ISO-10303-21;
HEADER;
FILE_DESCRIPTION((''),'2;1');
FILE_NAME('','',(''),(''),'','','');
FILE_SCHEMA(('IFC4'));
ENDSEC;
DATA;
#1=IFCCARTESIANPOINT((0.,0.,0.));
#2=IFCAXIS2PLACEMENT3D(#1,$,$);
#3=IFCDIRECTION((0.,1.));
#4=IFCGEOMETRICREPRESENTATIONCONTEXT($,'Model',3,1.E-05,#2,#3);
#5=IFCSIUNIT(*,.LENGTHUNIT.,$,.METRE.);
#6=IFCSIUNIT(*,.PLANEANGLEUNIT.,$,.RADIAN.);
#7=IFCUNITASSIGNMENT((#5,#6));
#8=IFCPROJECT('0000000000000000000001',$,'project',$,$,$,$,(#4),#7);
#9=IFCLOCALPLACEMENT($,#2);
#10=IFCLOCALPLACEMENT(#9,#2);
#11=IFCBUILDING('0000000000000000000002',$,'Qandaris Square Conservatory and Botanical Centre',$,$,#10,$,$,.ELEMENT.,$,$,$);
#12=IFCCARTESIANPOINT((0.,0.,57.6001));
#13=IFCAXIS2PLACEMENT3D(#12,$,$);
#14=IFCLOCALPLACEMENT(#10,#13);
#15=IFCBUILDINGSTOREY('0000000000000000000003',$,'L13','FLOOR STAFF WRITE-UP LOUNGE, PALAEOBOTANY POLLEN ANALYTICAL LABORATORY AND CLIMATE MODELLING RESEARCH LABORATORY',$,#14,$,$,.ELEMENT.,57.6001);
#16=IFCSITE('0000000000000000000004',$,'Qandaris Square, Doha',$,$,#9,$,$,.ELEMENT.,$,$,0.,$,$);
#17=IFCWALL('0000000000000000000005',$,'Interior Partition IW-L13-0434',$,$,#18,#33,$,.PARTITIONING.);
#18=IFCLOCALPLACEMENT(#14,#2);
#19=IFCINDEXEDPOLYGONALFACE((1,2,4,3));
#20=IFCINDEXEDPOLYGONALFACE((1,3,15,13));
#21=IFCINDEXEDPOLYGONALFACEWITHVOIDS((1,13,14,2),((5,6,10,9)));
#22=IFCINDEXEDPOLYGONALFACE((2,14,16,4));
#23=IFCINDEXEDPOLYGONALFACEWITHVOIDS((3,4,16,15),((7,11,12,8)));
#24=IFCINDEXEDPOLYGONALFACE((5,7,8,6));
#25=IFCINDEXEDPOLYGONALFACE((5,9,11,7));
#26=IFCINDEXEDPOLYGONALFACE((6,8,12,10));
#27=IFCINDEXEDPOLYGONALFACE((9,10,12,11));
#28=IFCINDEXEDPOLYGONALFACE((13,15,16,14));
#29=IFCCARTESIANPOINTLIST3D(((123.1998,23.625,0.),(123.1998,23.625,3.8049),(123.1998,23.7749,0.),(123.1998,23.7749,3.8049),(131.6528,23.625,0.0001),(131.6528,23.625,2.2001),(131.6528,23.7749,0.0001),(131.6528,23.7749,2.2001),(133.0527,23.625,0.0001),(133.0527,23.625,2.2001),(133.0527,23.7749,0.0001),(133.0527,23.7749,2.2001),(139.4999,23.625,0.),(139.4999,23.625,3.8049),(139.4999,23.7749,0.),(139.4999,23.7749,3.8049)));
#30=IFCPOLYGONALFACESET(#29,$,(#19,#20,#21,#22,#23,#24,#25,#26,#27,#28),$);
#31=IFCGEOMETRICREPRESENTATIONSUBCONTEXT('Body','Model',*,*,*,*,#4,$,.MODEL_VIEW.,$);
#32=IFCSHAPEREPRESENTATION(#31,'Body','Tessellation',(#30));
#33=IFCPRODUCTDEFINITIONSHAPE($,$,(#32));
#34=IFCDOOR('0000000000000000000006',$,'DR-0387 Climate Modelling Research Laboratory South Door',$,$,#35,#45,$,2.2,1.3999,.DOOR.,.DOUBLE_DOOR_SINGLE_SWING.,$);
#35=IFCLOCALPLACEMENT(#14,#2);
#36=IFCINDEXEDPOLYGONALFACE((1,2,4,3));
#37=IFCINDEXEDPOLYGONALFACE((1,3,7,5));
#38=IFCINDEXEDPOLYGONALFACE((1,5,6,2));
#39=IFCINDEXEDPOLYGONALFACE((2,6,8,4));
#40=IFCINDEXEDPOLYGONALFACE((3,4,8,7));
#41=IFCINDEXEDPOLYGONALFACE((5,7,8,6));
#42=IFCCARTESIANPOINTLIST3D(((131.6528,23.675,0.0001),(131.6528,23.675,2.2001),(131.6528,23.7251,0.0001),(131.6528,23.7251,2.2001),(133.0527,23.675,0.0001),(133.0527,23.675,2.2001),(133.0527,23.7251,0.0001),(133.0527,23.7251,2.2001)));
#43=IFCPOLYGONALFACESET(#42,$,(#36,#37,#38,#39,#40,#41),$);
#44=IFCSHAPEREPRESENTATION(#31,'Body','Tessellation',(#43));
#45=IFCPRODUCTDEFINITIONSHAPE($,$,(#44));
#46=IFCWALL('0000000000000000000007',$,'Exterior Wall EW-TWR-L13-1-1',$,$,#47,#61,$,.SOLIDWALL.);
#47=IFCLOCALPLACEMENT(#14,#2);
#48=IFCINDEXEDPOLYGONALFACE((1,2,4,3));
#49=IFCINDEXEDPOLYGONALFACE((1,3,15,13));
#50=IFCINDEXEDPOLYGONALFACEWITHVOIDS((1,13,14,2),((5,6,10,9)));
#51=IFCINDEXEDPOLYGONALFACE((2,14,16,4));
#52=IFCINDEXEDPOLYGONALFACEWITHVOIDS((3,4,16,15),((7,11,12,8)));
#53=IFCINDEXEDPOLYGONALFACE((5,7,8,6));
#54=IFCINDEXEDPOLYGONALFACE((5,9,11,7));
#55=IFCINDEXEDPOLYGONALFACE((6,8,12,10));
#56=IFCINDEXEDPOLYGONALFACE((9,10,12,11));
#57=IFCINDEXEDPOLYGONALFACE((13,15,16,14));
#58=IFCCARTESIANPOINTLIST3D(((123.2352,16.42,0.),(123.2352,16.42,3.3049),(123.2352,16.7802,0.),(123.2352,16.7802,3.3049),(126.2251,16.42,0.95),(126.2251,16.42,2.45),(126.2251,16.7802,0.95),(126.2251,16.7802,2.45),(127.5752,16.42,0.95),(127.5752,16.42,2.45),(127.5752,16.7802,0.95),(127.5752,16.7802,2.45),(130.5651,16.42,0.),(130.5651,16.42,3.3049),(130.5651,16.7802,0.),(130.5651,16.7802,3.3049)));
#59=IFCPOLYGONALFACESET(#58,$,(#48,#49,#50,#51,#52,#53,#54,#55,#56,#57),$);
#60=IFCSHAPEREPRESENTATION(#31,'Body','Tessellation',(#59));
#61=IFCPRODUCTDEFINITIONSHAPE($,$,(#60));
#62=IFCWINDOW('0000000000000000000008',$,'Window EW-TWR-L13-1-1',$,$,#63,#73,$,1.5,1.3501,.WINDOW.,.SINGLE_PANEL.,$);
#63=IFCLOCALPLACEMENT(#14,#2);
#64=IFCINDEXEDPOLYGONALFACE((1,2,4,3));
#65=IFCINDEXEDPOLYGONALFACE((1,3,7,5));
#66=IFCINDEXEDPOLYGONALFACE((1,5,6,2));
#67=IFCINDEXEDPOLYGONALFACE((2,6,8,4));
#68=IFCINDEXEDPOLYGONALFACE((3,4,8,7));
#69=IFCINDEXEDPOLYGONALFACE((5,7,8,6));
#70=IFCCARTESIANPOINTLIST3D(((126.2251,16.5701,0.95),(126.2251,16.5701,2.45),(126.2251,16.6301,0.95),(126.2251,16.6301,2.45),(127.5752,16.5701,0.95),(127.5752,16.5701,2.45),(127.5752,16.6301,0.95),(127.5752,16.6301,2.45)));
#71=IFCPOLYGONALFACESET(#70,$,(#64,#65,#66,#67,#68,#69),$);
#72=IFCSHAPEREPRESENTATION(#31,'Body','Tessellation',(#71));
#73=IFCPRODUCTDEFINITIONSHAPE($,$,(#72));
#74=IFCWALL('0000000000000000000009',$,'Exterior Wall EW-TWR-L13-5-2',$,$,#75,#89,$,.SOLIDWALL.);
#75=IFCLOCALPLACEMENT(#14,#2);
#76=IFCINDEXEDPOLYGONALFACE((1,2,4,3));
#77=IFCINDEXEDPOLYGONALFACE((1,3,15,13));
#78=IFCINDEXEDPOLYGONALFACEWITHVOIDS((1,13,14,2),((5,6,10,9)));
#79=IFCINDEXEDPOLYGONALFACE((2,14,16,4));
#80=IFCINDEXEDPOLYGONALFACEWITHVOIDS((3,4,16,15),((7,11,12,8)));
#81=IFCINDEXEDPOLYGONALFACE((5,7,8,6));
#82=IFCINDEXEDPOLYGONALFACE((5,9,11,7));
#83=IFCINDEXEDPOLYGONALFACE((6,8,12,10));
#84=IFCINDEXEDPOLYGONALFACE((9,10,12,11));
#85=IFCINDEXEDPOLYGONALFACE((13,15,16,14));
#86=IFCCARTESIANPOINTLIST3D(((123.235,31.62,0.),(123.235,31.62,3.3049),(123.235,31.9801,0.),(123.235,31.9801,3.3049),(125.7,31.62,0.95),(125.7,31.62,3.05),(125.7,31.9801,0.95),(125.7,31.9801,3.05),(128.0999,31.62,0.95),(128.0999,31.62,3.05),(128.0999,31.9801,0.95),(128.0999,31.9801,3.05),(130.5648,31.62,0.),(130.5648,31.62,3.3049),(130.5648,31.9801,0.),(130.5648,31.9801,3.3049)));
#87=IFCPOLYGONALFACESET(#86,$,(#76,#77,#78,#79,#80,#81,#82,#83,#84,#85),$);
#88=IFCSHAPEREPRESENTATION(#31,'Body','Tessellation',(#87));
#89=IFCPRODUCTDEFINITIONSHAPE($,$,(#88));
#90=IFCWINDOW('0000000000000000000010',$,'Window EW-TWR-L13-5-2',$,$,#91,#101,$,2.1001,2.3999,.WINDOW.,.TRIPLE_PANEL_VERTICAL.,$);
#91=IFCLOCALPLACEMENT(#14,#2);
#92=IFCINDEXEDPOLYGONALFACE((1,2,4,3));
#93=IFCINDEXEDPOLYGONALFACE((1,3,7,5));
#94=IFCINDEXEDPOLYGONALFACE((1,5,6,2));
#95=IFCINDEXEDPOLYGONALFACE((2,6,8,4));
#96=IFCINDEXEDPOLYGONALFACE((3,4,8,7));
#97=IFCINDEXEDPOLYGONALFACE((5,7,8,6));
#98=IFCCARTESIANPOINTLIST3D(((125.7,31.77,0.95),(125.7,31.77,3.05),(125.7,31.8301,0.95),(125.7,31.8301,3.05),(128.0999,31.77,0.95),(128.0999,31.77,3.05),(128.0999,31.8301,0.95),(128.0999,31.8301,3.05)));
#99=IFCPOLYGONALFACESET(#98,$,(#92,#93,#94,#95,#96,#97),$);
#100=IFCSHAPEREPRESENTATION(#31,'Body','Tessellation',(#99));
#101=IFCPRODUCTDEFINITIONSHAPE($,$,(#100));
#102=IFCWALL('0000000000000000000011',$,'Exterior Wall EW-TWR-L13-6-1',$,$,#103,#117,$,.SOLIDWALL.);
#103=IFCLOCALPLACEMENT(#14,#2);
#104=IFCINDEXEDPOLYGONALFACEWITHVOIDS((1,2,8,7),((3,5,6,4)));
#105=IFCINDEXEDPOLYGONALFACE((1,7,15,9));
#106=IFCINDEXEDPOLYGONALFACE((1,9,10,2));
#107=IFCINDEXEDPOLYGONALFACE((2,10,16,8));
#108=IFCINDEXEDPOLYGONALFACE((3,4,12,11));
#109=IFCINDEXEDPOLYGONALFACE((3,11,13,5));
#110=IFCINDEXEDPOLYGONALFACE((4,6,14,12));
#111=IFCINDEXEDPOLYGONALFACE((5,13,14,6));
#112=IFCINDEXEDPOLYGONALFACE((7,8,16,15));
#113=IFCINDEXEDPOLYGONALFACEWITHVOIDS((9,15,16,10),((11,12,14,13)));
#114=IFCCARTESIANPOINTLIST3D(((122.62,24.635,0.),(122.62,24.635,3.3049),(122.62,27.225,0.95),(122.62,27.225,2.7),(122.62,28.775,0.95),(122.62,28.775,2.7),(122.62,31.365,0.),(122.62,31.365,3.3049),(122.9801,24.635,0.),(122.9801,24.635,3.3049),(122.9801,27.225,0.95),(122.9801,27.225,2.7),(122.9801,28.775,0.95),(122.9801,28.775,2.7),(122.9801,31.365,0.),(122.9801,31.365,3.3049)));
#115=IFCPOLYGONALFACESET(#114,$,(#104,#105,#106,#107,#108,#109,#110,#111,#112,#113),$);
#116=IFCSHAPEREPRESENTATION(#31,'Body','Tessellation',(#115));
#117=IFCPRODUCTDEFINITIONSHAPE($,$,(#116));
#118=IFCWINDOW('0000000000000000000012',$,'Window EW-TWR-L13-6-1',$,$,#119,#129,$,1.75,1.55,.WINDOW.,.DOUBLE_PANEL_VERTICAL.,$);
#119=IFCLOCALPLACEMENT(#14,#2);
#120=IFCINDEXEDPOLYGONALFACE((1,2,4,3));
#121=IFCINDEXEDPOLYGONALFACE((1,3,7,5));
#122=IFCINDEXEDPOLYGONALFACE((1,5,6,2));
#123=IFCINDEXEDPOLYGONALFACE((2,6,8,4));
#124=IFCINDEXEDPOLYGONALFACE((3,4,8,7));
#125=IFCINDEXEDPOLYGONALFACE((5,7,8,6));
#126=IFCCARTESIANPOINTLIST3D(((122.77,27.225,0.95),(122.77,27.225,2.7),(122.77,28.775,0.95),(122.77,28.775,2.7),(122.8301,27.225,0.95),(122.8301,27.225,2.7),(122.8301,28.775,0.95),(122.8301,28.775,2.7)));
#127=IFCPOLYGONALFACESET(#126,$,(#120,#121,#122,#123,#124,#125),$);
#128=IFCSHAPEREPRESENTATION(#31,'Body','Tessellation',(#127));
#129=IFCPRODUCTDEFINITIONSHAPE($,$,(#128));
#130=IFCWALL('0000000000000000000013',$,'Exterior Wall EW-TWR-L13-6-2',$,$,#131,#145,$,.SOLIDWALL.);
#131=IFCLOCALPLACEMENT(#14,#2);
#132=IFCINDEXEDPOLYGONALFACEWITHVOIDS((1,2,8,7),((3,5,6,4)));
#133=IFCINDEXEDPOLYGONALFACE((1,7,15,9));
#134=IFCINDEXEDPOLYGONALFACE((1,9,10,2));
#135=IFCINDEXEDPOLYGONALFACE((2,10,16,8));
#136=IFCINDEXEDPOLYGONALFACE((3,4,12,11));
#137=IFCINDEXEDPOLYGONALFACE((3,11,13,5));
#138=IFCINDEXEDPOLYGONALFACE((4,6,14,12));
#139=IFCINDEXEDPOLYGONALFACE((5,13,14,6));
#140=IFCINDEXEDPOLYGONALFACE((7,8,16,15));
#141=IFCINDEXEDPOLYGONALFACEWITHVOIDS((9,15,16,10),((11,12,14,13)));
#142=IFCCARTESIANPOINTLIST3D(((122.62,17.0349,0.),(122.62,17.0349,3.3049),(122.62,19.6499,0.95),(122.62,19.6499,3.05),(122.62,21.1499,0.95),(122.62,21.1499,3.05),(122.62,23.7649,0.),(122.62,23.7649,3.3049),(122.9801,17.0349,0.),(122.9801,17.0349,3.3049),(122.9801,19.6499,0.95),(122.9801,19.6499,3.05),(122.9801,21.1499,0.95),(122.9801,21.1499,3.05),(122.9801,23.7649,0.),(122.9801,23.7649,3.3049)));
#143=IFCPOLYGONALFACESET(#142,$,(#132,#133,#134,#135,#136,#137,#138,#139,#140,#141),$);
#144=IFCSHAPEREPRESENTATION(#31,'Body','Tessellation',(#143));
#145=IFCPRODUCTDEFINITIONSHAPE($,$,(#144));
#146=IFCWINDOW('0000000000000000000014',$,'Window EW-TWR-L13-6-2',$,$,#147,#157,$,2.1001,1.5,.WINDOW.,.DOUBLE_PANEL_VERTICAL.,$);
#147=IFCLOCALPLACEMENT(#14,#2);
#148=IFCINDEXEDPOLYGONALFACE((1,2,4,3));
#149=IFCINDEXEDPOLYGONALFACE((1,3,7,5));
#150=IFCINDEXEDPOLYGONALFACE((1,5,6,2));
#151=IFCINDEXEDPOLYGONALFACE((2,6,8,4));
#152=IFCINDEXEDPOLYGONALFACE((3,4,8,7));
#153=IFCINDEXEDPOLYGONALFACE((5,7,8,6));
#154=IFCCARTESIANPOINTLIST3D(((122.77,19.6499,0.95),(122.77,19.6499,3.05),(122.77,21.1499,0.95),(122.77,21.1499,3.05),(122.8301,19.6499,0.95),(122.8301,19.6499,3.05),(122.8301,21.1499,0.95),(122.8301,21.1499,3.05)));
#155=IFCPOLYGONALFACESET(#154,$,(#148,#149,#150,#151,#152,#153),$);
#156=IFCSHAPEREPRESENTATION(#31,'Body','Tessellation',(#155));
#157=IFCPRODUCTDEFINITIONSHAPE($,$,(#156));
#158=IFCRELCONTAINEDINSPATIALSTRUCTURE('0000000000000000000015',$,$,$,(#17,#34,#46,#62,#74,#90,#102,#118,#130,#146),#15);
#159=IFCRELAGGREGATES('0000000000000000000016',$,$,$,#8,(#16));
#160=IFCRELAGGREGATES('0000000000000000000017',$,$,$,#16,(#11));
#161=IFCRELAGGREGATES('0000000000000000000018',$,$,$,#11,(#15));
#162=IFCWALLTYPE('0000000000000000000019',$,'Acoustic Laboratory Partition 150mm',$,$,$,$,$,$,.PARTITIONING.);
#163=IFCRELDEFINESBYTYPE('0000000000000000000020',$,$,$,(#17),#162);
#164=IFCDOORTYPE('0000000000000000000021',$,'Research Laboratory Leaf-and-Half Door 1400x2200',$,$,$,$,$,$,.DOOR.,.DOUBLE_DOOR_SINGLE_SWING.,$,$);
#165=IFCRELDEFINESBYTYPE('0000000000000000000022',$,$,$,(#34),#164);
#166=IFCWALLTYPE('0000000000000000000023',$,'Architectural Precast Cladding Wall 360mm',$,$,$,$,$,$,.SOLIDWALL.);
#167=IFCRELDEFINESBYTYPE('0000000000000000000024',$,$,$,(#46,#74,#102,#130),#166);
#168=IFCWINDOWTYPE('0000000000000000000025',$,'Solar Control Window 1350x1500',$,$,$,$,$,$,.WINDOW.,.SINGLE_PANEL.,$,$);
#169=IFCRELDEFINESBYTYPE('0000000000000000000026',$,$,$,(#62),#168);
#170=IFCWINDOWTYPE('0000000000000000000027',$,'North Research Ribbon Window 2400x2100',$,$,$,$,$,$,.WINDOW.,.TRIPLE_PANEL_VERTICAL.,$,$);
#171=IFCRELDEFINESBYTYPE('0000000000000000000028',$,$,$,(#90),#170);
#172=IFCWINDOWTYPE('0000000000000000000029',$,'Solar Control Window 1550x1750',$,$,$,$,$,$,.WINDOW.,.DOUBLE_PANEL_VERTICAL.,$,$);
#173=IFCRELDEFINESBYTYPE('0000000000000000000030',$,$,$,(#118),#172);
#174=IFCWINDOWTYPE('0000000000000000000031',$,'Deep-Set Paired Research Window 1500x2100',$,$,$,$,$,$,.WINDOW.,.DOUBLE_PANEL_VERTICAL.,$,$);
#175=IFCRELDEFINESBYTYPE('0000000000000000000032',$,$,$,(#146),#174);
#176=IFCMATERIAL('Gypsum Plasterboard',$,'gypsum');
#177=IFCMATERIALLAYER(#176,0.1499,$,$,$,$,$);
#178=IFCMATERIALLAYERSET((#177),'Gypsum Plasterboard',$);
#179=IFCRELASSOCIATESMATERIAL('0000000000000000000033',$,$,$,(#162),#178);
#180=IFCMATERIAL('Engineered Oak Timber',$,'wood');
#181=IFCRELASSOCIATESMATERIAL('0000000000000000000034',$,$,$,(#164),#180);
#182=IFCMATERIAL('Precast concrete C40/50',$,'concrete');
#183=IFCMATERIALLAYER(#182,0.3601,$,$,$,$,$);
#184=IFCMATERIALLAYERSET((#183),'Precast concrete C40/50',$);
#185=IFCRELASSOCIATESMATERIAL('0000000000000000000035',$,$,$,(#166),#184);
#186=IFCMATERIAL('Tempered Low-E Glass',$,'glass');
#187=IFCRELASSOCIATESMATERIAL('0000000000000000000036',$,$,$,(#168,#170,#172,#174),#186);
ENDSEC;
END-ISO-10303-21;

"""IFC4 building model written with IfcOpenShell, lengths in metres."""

from ifc_helpers import new_model, si_unit, direction, frame, frame_2d, origin, place, context, subcontext, project, spatial, rectangle, extrude, material, layer, layer_set, type_object, element, fill, save


model = new_model("IFC4")

# Units and contexts
model_context = context("Model", 3, precision=1e-05, world=origin(), true_north=direction((0.0, 1.0)))
body_context = subcontext(model_context, "Body", "Model", "MODEL_VIEW")
ifc_project = project(units=[si_unit("LENGTHUNIT", "METRE"), si_unit("PLANEANGLEUNIT", "RADIAN")], contexts=[model_context])

# Site, building, storey
site_placement = place(None, origin())
site = spatial("IfcSite", under=ifc_project, at=site_placement, Name="Qandaris Square, Doha", CompositionType="ELEMENT", RefElevation=0.0)
building_placement = place(site_placement, origin())
building = spatial("IfcBuilding", under=site, at=building_placement, Name="Qandaris Square Conservatory and Botanical Centre", CompositionType="ELEMENT")
storey_placement = place(building_placement, frame((0.0, 0.0, 57.6001)))
storey = spatial("IfcBuildingStorey", under=building, at=storey_placement, Name="L13", Description="FLOOR STAFF WRITE-UP LOUNGE, PALAEOBOTANY POLLEN ANALYTICAL LABORATORY AND CLIMATE MODELLING RESEARCH LABORATORY", CompositionType="ELEMENT", Elevation=57.6001)

# Wall, opening, door
ifc_material_1 = material(Name="Gypsum Plasterboard", Category="gypsum")
ifc_layer_1 = layer(ifc_material_1, 0.1499)
ifc_layer_set_1 = layer_set([ifc_layer_1], Name="Gypsum Plasterboard")
wall_type_1 = type_object("IfcWallType", Name="Acoustic Laboratory Partition 150mm", PredefinedType="PARTITIONING", material=ifc_layer_set_1)
wall_1_placement = place(storey_placement, frame((123.2, 23.7, 0.0), z_axis=(0.0, 0.0, 1.0), x_axis=(1.0, 0.0, 0.0)))
wall_1 = element("IfcWall", 1, at=wall_1_placement, inside=storey, type_object=wall_type_1, Name="Interior Partition IW-L13-0434", PredefinedType="PARTITIONING", context=body_context, shape_type="SweptSolid", body=[
    extrude(rectangle(XDim=16.3, YDim=0.1499, at=frame_2d((8.1499, 0.0))), origin(), (0.0, 0.0, 1.0), 3.8049),
])
opening_1_placement = place(wall_1_placement, frame((8.4529, 0.0, 0.0)))
opening_1 = element("IfcOpeningElement", 2, at=opening_1_placement, cuts=wall_1, PredefinedType="OPENING", context=body_context, shape_type="SweptSolid", body=[
    extrude(rectangle(XDim=1.3999, YDim=2.2, at=frame_2d((0.7, 1.1001))), frame((0.0, 0.0869, 0.0), z_axis=(0.0, -1.0, 0.0), x_axis=(1.0, 0.0, 0.0)), (0.0, 0.0, 1.0), 0.1738),
])
ifc_material_2 = material(Name="Engineered Oak Timber", Category="wood")
door_type = type_object("IfcDoorType", Name="Research Laboratory Leaf-and-Half Door 1400x2200", OperationType="DOUBLE_DOOR_SINGLE_SWING", PredefinedType="DOOR", material=ifc_material_2)
door_placement = place(opening_1_placement, frame((1.3999, 0.0, 0.0), z_axis=(0.0, 0.0, 1.0), x_axis=(-1.0, 0.0, 0.0)))
door = element("IfcDoor", 3, at=door_placement, inside=storey, type_object=door_type, Name="DR-0387 Climate Modelling Research Laboratory South Door", OperationType="DOUBLE_DOOR_SINGLE_SWING", OverallHeight=2.2, OverallWidth=1.3999, PredefinedType="DOOR", context=body_context, shape_type="SweptSolid", body=[
    extrude(rectangle(XDim=1.3999, YDim=2.2, at=frame_2d((0.7, 1.1001))), frame((0.0, 0.0249, 0.0), z_axis=(0.0, -1.0, 0.0), x_axis=(1.0, 0.0, 0.0)), (0.0, 0.0, 1.0), 0.05),
])
fill(opening_1, door)

# Walls, openings, windows
ifc_material_3 = material(Name="Precast concrete C40/50", Category="concrete")
ifc_layer_2 = layer(ifc_material_3, 0.3601)
ifc_layer_set_2 = layer_set([ifc_layer_2], Name="Precast concrete C40/50")
wall_type_2 = type_object("IfcWallType", Name="Architectural Precast Cladding Wall 360mm", PredefinedType="SOLIDWALL", material=ifc_layer_set_2)
wall_2_placement = place(storey_placement, frame((123.2351, 16.6001, 0.0), z_axis=(0.0, 0.0, 1.0), x_axis=(1.0, 0.0, 0.0)))
wall_2 = element("IfcWall", 4, at=wall_2_placement, inside=storey, type_object=wall_type_2, Name="Exterior Wall EW-TWR-L13-1-1", PredefinedType="SOLIDWALL", context=body_context, shape_type="SweptSolid", body=[
    extrude(rectangle(XDim=7.3298, YDim=0.3601, at=frame_2d((3.665, 0.0))), origin(), (0.0, 0.0, 1.0), 3.3049),
])
opening_2_placement = place(wall_2_placement, frame((2.99, 0.0, 0.95)))
opening_2 = element("IfcOpeningElement", 5, at=opening_2_placement, cuts=wall_2, PredefinedType="OPENING", context=body_context, shape_type="SweptSolid", body=[
    extrude(rectangle(XDim=1.3501, YDim=1.5, at=frame_2d((0.675, 0.75))), frame((0.0, 0.1919, 0.0), z_axis=(0.0, -1.0, 0.0), x_axis=(1.0, 0.0, 0.0)), (0.0, 0.0, 1.0), 0.384),
])
ifc_material_4 = material(Name="Tempered Low-E Glass", Category="glass")
window_type_1 = type_object("IfcWindowType", Name="Solar Control Window 1350x1500", PartitioningType="SINGLE_PANEL", PredefinedType="WINDOW", material=ifc_material_4)
window_1_placement = place(opening_2_placement, origin())
window_1 = element("IfcWindow", 6, at=window_1_placement, inside=storey, type_object=window_type_1, Name="Window EW-TWR-L13-1-1", OverallHeight=1.5, OverallWidth=1.3501, PartitioningType="SINGLE_PANEL", PredefinedType="WINDOW", context=body_context, shape_type="SweptSolid", body=[
    extrude(rectangle(XDim=1.3501, YDim=1.5, at=frame_2d((0.675, 0.75))), frame((0.0, 0.03, 0.0), z_axis=(0.0, -1.0, 0.0), x_axis=(1.0, 0.0, 0.0)), (0.0, 0.0, 1.0), 0.0601),
])
fill(opening_2, window_1)
wall_3_placement = place(storey_placement, frame((130.5649, 31.8, 0.0), z_axis=(0.0, 0.0, 1.0), x_axis=(-1.0, 0.0, 0.0)))
wall_3 = element("IfcWall", 7, at=wall_3_placement, inside=storey, type_object=wall_type_2, Name="Exterior Wall EW-TWR-L13-5-2", PredefinedType="SOLIDWALL", context=body_context, shape_type="SweptSolid", body=[
    extrude(rectangle(XDim=7.3298, YDim=0.3601, at=frame_2d((3.665, 0.0))), origin(), (0.0, 0.0, 1.0), 3.3049),
])
opening_3_placement = place(wall_3_placement, frame((2.4651, 0.0, 0.95)))
opening_3 = element("IfcOpeningElement", 8, at=opening_3_placement, cuts=wall_3, PredefinedType="OPENING", context=body_context, shape_type="SweptSolid", body=[
    extrude(rectangle(XDim=2.3999, YDim=2.1001, at=frame_2d((1.2, 1.05))), frame((0.0, 0.1919, 0.0), z_axis=(0.0, -1.0, 0.0), x_axis=(1.0, 0.0, 0.0)), (0.0, 0.0, 1.0), 0.384),
])
window_type_2 = type_object("IfcWindowType", Name="North Research Ribbon Window 2400x2100", PartitioningType="TRIPLE_PANEL_VERTICAL", PredefinedType="WINDOW", material=ifc_material_4)
window_2_placement = place(opening_3_placement, origin())
window_2 = element("IfcWindow", 9, at=window_2_placement, inside=storey, type_object=window_type_2, Name="Window EW-TWR-L13-5-2", OverallHeight=2.1001, OverallWidth=2.3999, PartitioningType="TRIPLE_PANEL_VERTICAL", PredefinedType="WINDOW", context=body_context, shape_type="SweptSolid", body=[
    extrude(rectangle(XDim=2.3999, YDim=2.1001, at=frame_2d((1.2, 1.05))), frame((0.0, 0.03, 0.0), z_axis=(0.0, -1.0, 0.0), x_axis=(1.0, 0.0, 0.0)), (0.0, 0.0, 1.0), 0.0601),
])
fill(opening_3, window_2)
wall_4_placement = place(storey_placement, frame((122.8, 31.365, 0.0), z_axis=(0.0, 0.0, 1.0), x_axis=(0.0, -1.0, 0.0)))
wall_4 = element("IfcWall", 10, at=wall_4_placement, inside=storey, type_object=wall_type_2, Name="Exterior Wall EW-TWR-L13-6-1", PredefinedType="SOLIDWALL", context=body_context, shape_type="SweptSolid", body=[
    extrude(rectangle(XDim=6.73, YDim=0.3601, at=frame_2d((3.365, 0.0))), origin(), (0.0, 0.0, 1.0), 3.3049),
])
opening_4_placement = place(wall_4_placement, frame((2.5901, 0.0, 0.95)))
opening_4 = element("IfcOpeningElement", 11, at=opening_4_placement, cuts=wall_4, PredefinedType="OPENING", context=body_context, shape_type="SweptSolid", body=[
    extrude(rectangle(XDim=1.55, YDim=1.75, at=frame_2d((0.7749, 0.875))), frame((0.0, 0.1919, 0.0), z_axis=(0.0, -1.0, 0.0), x_axis=(1.0, 0.0, 0.0)), (0.0, 0.0, 1.0), 0.384),
])
window_type_3 = type_object("IfcWindowType", Name="Solar Control Window 1550x1750", PartitioningType="DOUBLE_PANEL_VERTICAL", PredefinedType="WINDOW", material=ifc_material_4)
window_3_placement = place(opening_4_placement, origin())
window_3 = element("IfcWindow", 12, at=window_3_placement, inside=storey, type_object=window_type_3, Name="Window EW-TWR-L13-6-1", OverallHeight=1.75, OverallWidth=1.55, PartitioningType="DOUBLE_PANEL_VERTICAL", PredefinedType="WINDOW", context=body_context, shape_type="SweptSolid", body=[
    extrude(rectangle(XDim=1.55, YDim=1.75, at=frame_2d((0.7749, 0.875))), frame((0.0, 0.03, 0.0), z_axis=(0.0, -1.0, 0.0), x_axis=(1.0, 0.0, 0.0)), (0.0, 0.0, 1.0), 0.0601),
])
fill(opening_4, window_3)
wall_5_placement = place(storey_placement, frame((122.8, 23.7649, 0.0), z_axis=(0.0, 0.0, 1.0), x_axis=(0.0, -1.0, 0.0)))
wall_5 = element("IfcWall", 13, at=wall_5_placement, inside=storey, type_object=wall_type_2, Name="Exterior Wall EW-TWR-L13-6-2", PredefinedType="SOLIDWALL", context=body_context, shape_type="SweptSolid", body=[
    extrude(rectangle(XDim=6.73, YDim=0.3601, at=frame_2d((3.365, 0.0))), origin(), (0.0, 0.0, 1.0), 3.3049),
])
opening_5_placement = place(wall_5_placement, frame((2.615, 0.0, 0.95)))
opening_5 = element("IfcOpeningElement", 14, at=opening_5_placement, cuts=wall_5, PredefinedType="OPENING", context=body_context, shape_type="SweptSolid", body=[
    extrude(rectangle(XDim=1.5, YDim=2.1001, at=frame_2d((0.75, 1.05))), frame((0.0, 0.1919, 0.0), z_axis=(0.0, -1.0, 0.0), x_axis=(1.0, 0.0, 0.0)), (0.0, 0.0, 1.0), 0.384),
])
window_type_4 = type_object("IfcWindowType", Name="Deep-Set Paired Research Window 1500x2100", PartitioningType="DOUBLE_PANEL_VERTICAL", PredefinedType="WINDOW", material=ifc_material_4)
window_4_placement = place(opening_5_placement, origin())
window_4 = element("IfcWindow", 15, at=window_4_placement, inside=storey, type_object=window_type_4, Name="Window EW-TWR-L13-6-2", OverallHeight=2.1001, OverallWidth=1.5, PartitioningType="DOUBLE_PANEL_VERTICAL", PredefinedType="WINDOW", context=body_context, shape_type="SweptSolid", body=[
    extrude(rectangle(XDim=1.5, YDim=2.1001, at=frame_2d((0.75, 1.05))), frame((0.0, 0.03, 0.0), z_axis=(0.0, -1.0, 0.0), x_axis=(1.0, 0.0, 0.0)), (0.0, 0.0, 1.0), 0.0601),
])
fill(opening_5, window_4)

save(model, "model.ifc")
